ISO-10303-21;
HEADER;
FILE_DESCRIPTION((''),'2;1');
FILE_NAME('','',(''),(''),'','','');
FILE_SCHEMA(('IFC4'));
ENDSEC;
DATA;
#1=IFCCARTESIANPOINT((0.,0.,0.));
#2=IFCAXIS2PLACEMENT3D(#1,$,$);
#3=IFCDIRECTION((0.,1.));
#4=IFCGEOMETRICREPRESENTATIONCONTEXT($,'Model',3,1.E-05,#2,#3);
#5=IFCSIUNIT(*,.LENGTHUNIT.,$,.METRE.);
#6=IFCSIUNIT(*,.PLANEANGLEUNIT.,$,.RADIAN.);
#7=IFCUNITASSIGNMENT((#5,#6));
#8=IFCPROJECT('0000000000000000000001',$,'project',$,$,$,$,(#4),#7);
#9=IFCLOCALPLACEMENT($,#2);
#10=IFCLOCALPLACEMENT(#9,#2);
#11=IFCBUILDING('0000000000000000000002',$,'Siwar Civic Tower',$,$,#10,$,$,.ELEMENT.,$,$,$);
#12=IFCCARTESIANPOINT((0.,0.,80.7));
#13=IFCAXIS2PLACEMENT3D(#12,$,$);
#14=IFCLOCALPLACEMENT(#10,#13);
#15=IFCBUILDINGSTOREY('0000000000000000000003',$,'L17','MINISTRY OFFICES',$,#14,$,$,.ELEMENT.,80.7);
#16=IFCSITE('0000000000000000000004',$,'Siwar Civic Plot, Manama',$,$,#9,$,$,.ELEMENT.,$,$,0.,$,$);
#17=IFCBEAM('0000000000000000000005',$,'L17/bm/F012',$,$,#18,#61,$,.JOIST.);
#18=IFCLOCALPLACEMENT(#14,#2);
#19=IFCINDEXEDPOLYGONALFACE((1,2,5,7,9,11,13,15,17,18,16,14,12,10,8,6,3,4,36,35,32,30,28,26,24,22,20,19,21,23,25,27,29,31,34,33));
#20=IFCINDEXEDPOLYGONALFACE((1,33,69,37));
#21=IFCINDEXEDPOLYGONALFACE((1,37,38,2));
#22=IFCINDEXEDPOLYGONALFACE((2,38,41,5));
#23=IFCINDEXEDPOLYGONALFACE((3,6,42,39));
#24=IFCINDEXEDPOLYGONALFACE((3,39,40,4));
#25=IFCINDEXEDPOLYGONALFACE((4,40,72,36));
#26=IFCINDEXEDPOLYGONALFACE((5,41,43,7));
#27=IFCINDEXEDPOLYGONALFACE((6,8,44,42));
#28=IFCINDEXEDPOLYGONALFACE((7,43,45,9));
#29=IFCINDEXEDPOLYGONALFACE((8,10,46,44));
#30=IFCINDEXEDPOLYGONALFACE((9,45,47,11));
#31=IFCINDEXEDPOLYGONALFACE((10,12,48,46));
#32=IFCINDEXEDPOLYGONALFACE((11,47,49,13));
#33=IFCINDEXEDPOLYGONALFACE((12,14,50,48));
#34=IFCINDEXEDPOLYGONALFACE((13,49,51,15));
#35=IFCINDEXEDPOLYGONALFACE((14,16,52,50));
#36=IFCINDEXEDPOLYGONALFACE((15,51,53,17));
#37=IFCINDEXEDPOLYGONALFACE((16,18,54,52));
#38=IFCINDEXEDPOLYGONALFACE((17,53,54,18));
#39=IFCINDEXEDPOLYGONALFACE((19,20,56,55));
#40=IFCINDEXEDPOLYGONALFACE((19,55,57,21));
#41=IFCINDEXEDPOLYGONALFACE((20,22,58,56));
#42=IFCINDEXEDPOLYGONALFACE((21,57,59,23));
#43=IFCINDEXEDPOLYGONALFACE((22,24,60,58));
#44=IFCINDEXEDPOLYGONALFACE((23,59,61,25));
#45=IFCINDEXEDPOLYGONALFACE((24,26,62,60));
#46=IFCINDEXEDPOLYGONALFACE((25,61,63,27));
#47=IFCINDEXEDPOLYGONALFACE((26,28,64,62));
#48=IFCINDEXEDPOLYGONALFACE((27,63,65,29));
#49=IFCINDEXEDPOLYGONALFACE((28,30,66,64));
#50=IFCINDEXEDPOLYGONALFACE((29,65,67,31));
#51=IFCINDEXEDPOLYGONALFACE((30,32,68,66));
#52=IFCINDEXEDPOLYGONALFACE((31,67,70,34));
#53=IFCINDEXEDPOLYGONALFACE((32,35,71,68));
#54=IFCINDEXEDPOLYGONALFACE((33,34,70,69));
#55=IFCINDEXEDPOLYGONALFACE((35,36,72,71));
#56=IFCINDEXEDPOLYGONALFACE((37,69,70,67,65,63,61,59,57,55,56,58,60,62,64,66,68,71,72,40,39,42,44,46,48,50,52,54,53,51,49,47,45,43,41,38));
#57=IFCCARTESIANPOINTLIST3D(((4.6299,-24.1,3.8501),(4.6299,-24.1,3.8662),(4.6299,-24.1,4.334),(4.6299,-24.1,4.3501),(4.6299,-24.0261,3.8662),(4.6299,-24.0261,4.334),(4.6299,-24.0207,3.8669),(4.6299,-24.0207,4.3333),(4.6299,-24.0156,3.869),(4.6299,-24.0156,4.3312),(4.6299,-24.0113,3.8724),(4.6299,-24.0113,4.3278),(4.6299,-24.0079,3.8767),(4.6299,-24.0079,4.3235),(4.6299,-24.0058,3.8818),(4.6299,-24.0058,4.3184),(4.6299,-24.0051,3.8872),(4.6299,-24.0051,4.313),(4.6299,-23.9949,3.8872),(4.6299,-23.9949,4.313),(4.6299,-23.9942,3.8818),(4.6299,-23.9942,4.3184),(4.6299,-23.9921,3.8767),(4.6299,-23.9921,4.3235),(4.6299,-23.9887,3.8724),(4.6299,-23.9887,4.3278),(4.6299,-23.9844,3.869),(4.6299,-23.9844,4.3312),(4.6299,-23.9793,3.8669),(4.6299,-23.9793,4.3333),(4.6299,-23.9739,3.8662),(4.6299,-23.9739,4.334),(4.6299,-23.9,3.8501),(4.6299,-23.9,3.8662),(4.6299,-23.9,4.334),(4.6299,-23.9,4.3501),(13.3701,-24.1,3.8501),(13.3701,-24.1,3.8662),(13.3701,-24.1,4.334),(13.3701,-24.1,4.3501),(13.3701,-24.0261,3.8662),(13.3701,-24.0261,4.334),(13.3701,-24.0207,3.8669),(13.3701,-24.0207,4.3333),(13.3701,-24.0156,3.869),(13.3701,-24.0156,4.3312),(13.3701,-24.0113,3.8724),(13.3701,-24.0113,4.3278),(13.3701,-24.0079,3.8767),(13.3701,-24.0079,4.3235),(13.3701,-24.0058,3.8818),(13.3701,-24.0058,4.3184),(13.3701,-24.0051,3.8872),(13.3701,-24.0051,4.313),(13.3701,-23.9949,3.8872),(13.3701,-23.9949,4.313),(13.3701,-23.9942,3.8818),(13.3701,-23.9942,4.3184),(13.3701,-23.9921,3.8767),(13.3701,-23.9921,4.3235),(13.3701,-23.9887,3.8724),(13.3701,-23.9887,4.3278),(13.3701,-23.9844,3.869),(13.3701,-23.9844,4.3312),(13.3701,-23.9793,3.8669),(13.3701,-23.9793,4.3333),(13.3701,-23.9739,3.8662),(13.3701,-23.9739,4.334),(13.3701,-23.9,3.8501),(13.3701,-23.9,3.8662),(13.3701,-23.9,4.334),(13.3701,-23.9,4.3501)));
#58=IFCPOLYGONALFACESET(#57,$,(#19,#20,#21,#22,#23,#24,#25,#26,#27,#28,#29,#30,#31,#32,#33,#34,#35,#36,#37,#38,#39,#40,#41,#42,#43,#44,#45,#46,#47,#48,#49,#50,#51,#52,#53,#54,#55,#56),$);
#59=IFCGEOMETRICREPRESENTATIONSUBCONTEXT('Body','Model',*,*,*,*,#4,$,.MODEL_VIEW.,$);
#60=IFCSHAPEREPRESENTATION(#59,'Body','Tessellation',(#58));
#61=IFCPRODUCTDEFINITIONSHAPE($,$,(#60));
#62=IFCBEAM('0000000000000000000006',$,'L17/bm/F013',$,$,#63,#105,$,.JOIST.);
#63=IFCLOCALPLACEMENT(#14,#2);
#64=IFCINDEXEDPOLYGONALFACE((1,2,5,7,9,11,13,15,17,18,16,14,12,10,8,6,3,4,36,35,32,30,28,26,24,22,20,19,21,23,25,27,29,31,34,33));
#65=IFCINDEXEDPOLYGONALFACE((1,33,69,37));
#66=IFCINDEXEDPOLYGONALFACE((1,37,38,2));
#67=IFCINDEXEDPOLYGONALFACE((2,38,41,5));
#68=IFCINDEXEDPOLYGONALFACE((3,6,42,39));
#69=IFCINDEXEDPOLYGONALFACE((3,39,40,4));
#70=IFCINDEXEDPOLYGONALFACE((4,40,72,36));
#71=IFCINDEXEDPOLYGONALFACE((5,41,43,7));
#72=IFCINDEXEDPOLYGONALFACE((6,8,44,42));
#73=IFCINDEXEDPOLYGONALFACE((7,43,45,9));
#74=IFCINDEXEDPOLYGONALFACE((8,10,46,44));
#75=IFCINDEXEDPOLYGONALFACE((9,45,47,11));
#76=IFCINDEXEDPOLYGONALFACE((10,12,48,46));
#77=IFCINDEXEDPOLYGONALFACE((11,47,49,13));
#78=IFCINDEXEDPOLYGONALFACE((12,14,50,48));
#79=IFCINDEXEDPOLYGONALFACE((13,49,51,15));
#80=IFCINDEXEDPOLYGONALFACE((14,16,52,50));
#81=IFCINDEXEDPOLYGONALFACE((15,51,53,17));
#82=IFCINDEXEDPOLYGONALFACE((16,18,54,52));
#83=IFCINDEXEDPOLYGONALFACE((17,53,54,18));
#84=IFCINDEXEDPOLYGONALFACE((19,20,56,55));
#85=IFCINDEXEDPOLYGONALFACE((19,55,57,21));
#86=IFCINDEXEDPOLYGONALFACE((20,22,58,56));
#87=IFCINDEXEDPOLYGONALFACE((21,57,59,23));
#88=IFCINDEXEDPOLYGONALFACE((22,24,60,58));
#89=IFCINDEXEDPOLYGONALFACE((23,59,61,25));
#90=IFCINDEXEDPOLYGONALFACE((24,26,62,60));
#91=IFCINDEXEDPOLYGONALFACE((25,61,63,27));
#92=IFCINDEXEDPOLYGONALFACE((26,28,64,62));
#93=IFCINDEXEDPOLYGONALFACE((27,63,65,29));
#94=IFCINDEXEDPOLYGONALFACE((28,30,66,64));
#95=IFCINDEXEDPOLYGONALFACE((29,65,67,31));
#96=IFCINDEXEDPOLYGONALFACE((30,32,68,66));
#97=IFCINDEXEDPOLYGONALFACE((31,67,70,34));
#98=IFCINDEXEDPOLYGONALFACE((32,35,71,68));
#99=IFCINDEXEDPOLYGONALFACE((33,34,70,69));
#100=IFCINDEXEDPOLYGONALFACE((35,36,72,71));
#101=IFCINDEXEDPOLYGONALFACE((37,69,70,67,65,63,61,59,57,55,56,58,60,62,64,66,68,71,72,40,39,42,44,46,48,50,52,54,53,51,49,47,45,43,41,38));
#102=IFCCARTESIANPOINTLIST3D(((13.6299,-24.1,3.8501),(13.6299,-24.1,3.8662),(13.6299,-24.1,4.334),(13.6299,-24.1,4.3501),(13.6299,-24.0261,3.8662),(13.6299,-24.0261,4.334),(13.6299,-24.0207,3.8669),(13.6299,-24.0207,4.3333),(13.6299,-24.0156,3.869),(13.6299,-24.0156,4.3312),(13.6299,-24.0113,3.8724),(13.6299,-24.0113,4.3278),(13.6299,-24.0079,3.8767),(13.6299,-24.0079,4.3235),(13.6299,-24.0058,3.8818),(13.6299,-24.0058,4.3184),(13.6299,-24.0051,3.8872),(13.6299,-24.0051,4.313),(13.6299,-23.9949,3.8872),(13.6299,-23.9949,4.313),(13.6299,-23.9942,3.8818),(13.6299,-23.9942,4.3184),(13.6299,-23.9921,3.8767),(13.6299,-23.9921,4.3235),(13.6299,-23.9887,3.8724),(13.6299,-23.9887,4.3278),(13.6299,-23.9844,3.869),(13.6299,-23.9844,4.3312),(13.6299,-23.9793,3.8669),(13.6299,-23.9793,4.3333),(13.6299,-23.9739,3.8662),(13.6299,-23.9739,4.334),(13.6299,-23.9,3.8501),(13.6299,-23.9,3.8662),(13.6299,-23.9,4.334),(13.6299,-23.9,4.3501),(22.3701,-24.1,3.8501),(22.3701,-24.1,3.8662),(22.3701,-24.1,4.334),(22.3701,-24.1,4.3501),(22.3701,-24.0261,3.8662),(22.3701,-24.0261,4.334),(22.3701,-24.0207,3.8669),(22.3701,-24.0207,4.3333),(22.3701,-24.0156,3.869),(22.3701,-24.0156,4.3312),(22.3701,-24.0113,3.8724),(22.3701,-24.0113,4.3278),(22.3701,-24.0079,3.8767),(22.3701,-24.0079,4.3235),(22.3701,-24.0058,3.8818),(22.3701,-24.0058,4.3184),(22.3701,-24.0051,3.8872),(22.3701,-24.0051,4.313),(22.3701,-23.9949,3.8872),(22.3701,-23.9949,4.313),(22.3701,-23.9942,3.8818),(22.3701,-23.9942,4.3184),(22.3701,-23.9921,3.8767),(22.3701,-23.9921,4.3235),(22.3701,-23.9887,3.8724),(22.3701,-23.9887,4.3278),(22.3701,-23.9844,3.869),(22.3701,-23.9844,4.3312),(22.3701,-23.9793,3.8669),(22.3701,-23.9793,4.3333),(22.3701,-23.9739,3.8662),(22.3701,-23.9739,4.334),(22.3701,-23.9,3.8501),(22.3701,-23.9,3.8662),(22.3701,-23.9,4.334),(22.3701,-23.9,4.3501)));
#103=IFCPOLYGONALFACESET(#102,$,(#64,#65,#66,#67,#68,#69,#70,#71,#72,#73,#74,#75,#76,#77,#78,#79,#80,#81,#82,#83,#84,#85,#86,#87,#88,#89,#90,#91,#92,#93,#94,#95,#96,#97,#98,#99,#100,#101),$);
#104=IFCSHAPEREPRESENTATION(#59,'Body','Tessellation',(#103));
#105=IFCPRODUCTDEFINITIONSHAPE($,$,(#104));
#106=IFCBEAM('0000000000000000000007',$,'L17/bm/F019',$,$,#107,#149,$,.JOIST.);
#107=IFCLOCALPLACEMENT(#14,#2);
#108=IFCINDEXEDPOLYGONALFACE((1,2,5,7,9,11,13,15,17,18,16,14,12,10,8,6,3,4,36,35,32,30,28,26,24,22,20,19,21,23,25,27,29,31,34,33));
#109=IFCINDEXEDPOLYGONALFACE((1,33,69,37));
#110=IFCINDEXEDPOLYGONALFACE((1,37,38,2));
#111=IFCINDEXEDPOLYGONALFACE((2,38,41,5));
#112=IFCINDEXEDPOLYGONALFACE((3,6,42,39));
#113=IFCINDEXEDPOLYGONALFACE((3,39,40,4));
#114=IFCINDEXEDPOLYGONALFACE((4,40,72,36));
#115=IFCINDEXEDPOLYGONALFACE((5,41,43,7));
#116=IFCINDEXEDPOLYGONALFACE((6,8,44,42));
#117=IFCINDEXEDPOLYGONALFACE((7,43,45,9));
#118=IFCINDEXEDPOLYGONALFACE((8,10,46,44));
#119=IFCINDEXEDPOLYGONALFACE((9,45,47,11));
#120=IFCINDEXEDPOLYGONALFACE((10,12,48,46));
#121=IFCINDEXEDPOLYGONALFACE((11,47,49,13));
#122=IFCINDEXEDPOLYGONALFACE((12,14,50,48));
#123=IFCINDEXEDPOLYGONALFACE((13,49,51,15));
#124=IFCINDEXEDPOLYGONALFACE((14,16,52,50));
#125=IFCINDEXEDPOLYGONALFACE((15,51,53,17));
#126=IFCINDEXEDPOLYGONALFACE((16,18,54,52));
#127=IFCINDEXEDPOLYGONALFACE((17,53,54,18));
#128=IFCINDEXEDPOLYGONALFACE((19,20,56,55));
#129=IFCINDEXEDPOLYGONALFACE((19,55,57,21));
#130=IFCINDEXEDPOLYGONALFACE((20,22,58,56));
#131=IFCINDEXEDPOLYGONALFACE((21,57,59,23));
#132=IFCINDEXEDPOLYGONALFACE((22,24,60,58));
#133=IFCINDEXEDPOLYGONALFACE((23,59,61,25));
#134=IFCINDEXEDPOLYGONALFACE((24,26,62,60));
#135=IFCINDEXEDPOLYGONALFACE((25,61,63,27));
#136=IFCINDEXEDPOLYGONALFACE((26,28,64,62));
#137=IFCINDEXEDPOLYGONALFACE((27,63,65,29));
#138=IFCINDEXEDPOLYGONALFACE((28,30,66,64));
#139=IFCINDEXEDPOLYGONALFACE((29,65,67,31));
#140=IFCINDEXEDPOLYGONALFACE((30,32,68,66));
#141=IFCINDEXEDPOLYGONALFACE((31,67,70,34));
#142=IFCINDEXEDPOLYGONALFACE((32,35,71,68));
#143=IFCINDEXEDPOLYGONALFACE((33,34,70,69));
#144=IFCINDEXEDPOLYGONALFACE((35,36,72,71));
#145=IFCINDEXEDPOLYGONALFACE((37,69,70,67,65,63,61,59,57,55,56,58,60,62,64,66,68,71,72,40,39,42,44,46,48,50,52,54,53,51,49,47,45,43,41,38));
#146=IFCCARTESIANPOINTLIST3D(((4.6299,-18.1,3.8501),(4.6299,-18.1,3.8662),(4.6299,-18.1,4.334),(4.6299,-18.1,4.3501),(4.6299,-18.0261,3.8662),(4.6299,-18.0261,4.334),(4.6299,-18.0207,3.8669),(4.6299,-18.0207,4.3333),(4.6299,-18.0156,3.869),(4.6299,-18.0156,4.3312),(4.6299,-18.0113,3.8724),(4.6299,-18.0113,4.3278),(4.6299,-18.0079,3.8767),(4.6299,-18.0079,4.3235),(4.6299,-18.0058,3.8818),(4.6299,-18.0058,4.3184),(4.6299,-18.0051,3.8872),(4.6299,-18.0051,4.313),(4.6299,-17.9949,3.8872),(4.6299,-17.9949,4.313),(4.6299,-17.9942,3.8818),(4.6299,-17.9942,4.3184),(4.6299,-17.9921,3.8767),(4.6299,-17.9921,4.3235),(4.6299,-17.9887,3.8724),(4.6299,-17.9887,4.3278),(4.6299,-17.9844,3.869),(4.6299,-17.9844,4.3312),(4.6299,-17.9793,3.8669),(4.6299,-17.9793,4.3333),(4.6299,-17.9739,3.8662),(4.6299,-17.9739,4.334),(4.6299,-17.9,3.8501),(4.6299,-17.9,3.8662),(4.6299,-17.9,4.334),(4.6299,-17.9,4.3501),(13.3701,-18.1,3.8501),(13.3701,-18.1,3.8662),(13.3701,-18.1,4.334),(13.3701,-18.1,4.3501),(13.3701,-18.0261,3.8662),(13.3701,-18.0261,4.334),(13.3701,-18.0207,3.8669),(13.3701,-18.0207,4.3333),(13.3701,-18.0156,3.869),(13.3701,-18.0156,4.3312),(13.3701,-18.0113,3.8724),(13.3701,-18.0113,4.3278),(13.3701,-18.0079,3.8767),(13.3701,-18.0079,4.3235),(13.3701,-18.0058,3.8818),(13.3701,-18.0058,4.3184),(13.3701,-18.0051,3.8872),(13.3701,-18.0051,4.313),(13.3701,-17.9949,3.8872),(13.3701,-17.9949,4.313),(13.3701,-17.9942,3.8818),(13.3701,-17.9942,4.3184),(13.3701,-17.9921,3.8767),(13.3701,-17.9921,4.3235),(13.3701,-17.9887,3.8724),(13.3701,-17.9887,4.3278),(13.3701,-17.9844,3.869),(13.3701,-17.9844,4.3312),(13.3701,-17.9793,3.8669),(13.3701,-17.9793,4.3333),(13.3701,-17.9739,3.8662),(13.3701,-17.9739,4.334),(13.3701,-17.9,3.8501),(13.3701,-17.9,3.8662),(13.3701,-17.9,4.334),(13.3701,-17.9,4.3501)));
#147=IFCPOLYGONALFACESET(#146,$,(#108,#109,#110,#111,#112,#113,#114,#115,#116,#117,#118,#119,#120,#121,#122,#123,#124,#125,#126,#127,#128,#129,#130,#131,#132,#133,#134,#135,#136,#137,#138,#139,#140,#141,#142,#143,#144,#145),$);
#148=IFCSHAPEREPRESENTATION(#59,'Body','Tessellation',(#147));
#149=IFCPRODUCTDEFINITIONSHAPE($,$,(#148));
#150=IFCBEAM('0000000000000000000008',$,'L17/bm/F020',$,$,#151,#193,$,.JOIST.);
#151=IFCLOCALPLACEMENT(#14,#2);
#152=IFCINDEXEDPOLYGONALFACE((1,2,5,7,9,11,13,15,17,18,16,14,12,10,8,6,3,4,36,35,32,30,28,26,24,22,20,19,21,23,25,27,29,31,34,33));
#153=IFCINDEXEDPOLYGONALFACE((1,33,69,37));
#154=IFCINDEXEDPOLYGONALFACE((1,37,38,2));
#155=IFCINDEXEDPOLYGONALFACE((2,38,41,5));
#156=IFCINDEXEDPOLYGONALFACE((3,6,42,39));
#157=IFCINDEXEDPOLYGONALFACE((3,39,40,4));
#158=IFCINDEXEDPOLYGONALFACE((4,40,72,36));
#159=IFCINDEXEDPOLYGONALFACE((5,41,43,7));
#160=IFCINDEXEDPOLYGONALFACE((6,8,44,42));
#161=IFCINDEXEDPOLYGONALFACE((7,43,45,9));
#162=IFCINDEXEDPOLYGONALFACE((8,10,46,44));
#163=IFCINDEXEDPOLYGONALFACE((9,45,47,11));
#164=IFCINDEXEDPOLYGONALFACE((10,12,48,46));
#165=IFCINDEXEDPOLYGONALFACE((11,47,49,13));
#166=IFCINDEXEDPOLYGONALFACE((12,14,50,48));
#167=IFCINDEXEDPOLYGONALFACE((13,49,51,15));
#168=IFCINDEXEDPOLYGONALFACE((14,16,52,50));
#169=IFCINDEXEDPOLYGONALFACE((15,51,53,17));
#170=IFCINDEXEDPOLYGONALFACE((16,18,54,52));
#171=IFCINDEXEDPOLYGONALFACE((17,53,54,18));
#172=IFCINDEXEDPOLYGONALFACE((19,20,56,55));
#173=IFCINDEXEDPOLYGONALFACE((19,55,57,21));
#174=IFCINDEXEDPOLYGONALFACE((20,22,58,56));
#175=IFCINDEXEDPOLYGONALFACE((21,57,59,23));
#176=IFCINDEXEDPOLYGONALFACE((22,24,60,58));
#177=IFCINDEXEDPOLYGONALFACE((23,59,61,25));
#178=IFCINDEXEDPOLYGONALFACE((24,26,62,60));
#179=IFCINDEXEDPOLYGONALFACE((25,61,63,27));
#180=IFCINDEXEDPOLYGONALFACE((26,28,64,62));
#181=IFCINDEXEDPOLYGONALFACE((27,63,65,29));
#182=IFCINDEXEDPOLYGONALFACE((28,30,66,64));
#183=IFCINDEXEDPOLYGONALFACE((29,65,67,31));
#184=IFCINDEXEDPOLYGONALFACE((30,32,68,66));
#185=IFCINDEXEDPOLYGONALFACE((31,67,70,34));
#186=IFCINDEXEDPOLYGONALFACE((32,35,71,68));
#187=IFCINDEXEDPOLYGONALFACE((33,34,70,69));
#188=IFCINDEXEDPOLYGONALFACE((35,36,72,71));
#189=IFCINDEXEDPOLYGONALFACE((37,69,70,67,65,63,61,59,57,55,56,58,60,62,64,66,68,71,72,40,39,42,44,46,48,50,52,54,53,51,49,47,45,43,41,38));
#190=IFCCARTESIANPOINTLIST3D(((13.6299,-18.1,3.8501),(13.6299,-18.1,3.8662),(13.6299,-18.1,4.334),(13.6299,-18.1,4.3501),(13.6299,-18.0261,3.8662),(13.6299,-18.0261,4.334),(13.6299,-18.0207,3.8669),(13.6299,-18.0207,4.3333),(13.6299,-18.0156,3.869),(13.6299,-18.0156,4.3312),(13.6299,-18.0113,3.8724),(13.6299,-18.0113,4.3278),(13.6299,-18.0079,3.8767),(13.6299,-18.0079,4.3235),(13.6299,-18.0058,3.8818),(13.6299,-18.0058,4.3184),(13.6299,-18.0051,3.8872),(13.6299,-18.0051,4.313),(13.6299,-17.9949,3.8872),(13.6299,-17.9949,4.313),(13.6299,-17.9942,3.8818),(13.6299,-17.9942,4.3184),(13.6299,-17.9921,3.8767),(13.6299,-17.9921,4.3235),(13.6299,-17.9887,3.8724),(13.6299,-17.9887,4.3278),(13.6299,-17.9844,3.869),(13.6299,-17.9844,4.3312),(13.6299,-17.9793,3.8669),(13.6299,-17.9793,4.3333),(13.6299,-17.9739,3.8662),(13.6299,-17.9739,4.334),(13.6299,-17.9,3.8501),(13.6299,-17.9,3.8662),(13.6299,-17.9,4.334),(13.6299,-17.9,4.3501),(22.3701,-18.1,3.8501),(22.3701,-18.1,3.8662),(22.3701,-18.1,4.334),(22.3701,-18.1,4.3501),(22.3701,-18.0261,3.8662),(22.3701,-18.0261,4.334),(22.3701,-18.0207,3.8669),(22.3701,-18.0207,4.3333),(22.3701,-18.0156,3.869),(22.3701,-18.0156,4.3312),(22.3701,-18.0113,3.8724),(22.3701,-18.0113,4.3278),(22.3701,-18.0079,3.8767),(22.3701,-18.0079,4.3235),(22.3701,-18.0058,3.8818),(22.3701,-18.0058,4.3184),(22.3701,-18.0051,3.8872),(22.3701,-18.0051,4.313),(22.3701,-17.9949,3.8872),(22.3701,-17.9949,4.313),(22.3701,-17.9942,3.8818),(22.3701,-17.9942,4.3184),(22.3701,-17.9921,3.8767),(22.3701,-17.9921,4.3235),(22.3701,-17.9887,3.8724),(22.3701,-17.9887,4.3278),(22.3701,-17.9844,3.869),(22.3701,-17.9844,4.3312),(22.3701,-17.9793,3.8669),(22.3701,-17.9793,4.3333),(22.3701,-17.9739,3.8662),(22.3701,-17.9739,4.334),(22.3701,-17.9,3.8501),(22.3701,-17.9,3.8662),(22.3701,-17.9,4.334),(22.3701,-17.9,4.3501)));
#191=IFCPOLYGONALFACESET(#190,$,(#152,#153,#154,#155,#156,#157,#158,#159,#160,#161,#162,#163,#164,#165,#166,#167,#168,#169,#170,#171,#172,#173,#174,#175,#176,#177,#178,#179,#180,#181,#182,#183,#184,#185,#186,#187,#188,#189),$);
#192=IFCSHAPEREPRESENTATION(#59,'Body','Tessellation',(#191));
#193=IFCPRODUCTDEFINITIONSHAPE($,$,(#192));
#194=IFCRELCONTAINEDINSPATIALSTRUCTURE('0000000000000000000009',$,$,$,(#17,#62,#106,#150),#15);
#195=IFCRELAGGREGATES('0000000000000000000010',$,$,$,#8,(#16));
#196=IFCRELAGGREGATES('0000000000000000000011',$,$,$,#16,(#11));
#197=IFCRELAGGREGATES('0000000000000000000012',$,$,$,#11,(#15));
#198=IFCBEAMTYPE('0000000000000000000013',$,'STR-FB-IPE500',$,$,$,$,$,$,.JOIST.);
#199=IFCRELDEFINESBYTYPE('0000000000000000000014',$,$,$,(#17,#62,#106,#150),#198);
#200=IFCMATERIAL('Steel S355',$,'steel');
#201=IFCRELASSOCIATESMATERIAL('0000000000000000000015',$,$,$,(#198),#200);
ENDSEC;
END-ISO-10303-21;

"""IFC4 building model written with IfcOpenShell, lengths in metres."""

from ifc_helpers import new_model, si_unit, direction, frame, origin, origin_2d, place, context, subcontext, project, spatial, i_section, extrude, material, material_profile, profile_set, type_object, element, save


model = new_model("IFC4")

# Units and contexts
model_context = context("Model", 3, precision=1e-05, world=origin(), true_north=direction((0.0, 1.0)))
body_context = subcontext(model_context, "Body", "Model", "MODEL_VIEW")
ifc_project = project(units=[si_unit("LENGTHUNIT", "METRE"), si_unit("PLANEANGLEUNIT", "RADIAN")], contexts=[model_context])

# Site, building, storey
site_placement = place(None, origin())
site = spatial("IfcSite", under=ifc_project, at=site_placement, Name="Siwar Civic Plot, Manama", CompositionType="ELEMENT", RefElevation=0.0)
building_placement = place(site_placement, origin())
building = spatial("IfcBuilding", under=site, at=building_placement, Name="Siwar Civic Tower", CompositionType="ELEMENT")
storey_placement = place(building_placement, frame((0.0, 0.0, 80.7)))
storey = spatial("IfcBuildingStorey", under=building, at=storey_placement, Name="L17", Description="MINISTRY OFFICES", CompositionType="ELEMENT", Elevation=80.7)

# Beams
ifc_material_1 = material(Name="Steel S355", Category="steel")
ifc_material_profile_1 = material_profile(ifc_material_1, i_section(OverallWidth=0.2, OverallDepth=0.5, WebThickness=0.0103, FlangeThickness=0.0161, FilletRadius=0.021, at=origin_2d()), Name="IPE500")
ifc_profile_set_1 = profile_set([ifc_material_profile_1], Name="Steel S355")
beam_type_1 = type_object("IfcBeamType", Name="STR-FB-IPE500", PredefinedType="JOIST", material=ifc_profile_set_1)
for number, where, z_axis, x_axis, name in (
    (1, (4.6299, -24.0, 4.1001), (1.0, 0.0, 0.0), (0.0, 1.0, 0.0), "L17/bm/F012"),
    (2, (13.6299, -24.0, 4.1001), (1.0, 0.0, 0.0), (0.0, 1.0, 0.0), "L17/bm/F013"),
    (3, (4.6299, -18.0, 4.1001), (1.0, 0.0, 0.0), (0.0, 1.0, 0.0), "L17/bm/F019"),
    (4, (13.6299, -18.0, 4.1001), (1.0, 0.0, 0.0), (0.0, 1.0, 0.0), "L17/bm/F020"),
):
    element("IfcBeam", number, at=place(storey_placement, frame(where, z_axis=z_axis, x_axis=x_axis)), inside=storey, type_object=beam_type_1, Name=name, PredefinedType="JOIST", context=body_context, shape_type="SweptSolid", body=[
        extrude(i_section(OverallWidth=0.2, OverallDepth=0.5, WebThickness=0.0103, FlangeThickness=0.0161, FilletRadius=0.021, at=origin_2d()), origin(), (0.0, 0.0, 1.0), 8.7402),
    ])

save(model, "model.ifc")
